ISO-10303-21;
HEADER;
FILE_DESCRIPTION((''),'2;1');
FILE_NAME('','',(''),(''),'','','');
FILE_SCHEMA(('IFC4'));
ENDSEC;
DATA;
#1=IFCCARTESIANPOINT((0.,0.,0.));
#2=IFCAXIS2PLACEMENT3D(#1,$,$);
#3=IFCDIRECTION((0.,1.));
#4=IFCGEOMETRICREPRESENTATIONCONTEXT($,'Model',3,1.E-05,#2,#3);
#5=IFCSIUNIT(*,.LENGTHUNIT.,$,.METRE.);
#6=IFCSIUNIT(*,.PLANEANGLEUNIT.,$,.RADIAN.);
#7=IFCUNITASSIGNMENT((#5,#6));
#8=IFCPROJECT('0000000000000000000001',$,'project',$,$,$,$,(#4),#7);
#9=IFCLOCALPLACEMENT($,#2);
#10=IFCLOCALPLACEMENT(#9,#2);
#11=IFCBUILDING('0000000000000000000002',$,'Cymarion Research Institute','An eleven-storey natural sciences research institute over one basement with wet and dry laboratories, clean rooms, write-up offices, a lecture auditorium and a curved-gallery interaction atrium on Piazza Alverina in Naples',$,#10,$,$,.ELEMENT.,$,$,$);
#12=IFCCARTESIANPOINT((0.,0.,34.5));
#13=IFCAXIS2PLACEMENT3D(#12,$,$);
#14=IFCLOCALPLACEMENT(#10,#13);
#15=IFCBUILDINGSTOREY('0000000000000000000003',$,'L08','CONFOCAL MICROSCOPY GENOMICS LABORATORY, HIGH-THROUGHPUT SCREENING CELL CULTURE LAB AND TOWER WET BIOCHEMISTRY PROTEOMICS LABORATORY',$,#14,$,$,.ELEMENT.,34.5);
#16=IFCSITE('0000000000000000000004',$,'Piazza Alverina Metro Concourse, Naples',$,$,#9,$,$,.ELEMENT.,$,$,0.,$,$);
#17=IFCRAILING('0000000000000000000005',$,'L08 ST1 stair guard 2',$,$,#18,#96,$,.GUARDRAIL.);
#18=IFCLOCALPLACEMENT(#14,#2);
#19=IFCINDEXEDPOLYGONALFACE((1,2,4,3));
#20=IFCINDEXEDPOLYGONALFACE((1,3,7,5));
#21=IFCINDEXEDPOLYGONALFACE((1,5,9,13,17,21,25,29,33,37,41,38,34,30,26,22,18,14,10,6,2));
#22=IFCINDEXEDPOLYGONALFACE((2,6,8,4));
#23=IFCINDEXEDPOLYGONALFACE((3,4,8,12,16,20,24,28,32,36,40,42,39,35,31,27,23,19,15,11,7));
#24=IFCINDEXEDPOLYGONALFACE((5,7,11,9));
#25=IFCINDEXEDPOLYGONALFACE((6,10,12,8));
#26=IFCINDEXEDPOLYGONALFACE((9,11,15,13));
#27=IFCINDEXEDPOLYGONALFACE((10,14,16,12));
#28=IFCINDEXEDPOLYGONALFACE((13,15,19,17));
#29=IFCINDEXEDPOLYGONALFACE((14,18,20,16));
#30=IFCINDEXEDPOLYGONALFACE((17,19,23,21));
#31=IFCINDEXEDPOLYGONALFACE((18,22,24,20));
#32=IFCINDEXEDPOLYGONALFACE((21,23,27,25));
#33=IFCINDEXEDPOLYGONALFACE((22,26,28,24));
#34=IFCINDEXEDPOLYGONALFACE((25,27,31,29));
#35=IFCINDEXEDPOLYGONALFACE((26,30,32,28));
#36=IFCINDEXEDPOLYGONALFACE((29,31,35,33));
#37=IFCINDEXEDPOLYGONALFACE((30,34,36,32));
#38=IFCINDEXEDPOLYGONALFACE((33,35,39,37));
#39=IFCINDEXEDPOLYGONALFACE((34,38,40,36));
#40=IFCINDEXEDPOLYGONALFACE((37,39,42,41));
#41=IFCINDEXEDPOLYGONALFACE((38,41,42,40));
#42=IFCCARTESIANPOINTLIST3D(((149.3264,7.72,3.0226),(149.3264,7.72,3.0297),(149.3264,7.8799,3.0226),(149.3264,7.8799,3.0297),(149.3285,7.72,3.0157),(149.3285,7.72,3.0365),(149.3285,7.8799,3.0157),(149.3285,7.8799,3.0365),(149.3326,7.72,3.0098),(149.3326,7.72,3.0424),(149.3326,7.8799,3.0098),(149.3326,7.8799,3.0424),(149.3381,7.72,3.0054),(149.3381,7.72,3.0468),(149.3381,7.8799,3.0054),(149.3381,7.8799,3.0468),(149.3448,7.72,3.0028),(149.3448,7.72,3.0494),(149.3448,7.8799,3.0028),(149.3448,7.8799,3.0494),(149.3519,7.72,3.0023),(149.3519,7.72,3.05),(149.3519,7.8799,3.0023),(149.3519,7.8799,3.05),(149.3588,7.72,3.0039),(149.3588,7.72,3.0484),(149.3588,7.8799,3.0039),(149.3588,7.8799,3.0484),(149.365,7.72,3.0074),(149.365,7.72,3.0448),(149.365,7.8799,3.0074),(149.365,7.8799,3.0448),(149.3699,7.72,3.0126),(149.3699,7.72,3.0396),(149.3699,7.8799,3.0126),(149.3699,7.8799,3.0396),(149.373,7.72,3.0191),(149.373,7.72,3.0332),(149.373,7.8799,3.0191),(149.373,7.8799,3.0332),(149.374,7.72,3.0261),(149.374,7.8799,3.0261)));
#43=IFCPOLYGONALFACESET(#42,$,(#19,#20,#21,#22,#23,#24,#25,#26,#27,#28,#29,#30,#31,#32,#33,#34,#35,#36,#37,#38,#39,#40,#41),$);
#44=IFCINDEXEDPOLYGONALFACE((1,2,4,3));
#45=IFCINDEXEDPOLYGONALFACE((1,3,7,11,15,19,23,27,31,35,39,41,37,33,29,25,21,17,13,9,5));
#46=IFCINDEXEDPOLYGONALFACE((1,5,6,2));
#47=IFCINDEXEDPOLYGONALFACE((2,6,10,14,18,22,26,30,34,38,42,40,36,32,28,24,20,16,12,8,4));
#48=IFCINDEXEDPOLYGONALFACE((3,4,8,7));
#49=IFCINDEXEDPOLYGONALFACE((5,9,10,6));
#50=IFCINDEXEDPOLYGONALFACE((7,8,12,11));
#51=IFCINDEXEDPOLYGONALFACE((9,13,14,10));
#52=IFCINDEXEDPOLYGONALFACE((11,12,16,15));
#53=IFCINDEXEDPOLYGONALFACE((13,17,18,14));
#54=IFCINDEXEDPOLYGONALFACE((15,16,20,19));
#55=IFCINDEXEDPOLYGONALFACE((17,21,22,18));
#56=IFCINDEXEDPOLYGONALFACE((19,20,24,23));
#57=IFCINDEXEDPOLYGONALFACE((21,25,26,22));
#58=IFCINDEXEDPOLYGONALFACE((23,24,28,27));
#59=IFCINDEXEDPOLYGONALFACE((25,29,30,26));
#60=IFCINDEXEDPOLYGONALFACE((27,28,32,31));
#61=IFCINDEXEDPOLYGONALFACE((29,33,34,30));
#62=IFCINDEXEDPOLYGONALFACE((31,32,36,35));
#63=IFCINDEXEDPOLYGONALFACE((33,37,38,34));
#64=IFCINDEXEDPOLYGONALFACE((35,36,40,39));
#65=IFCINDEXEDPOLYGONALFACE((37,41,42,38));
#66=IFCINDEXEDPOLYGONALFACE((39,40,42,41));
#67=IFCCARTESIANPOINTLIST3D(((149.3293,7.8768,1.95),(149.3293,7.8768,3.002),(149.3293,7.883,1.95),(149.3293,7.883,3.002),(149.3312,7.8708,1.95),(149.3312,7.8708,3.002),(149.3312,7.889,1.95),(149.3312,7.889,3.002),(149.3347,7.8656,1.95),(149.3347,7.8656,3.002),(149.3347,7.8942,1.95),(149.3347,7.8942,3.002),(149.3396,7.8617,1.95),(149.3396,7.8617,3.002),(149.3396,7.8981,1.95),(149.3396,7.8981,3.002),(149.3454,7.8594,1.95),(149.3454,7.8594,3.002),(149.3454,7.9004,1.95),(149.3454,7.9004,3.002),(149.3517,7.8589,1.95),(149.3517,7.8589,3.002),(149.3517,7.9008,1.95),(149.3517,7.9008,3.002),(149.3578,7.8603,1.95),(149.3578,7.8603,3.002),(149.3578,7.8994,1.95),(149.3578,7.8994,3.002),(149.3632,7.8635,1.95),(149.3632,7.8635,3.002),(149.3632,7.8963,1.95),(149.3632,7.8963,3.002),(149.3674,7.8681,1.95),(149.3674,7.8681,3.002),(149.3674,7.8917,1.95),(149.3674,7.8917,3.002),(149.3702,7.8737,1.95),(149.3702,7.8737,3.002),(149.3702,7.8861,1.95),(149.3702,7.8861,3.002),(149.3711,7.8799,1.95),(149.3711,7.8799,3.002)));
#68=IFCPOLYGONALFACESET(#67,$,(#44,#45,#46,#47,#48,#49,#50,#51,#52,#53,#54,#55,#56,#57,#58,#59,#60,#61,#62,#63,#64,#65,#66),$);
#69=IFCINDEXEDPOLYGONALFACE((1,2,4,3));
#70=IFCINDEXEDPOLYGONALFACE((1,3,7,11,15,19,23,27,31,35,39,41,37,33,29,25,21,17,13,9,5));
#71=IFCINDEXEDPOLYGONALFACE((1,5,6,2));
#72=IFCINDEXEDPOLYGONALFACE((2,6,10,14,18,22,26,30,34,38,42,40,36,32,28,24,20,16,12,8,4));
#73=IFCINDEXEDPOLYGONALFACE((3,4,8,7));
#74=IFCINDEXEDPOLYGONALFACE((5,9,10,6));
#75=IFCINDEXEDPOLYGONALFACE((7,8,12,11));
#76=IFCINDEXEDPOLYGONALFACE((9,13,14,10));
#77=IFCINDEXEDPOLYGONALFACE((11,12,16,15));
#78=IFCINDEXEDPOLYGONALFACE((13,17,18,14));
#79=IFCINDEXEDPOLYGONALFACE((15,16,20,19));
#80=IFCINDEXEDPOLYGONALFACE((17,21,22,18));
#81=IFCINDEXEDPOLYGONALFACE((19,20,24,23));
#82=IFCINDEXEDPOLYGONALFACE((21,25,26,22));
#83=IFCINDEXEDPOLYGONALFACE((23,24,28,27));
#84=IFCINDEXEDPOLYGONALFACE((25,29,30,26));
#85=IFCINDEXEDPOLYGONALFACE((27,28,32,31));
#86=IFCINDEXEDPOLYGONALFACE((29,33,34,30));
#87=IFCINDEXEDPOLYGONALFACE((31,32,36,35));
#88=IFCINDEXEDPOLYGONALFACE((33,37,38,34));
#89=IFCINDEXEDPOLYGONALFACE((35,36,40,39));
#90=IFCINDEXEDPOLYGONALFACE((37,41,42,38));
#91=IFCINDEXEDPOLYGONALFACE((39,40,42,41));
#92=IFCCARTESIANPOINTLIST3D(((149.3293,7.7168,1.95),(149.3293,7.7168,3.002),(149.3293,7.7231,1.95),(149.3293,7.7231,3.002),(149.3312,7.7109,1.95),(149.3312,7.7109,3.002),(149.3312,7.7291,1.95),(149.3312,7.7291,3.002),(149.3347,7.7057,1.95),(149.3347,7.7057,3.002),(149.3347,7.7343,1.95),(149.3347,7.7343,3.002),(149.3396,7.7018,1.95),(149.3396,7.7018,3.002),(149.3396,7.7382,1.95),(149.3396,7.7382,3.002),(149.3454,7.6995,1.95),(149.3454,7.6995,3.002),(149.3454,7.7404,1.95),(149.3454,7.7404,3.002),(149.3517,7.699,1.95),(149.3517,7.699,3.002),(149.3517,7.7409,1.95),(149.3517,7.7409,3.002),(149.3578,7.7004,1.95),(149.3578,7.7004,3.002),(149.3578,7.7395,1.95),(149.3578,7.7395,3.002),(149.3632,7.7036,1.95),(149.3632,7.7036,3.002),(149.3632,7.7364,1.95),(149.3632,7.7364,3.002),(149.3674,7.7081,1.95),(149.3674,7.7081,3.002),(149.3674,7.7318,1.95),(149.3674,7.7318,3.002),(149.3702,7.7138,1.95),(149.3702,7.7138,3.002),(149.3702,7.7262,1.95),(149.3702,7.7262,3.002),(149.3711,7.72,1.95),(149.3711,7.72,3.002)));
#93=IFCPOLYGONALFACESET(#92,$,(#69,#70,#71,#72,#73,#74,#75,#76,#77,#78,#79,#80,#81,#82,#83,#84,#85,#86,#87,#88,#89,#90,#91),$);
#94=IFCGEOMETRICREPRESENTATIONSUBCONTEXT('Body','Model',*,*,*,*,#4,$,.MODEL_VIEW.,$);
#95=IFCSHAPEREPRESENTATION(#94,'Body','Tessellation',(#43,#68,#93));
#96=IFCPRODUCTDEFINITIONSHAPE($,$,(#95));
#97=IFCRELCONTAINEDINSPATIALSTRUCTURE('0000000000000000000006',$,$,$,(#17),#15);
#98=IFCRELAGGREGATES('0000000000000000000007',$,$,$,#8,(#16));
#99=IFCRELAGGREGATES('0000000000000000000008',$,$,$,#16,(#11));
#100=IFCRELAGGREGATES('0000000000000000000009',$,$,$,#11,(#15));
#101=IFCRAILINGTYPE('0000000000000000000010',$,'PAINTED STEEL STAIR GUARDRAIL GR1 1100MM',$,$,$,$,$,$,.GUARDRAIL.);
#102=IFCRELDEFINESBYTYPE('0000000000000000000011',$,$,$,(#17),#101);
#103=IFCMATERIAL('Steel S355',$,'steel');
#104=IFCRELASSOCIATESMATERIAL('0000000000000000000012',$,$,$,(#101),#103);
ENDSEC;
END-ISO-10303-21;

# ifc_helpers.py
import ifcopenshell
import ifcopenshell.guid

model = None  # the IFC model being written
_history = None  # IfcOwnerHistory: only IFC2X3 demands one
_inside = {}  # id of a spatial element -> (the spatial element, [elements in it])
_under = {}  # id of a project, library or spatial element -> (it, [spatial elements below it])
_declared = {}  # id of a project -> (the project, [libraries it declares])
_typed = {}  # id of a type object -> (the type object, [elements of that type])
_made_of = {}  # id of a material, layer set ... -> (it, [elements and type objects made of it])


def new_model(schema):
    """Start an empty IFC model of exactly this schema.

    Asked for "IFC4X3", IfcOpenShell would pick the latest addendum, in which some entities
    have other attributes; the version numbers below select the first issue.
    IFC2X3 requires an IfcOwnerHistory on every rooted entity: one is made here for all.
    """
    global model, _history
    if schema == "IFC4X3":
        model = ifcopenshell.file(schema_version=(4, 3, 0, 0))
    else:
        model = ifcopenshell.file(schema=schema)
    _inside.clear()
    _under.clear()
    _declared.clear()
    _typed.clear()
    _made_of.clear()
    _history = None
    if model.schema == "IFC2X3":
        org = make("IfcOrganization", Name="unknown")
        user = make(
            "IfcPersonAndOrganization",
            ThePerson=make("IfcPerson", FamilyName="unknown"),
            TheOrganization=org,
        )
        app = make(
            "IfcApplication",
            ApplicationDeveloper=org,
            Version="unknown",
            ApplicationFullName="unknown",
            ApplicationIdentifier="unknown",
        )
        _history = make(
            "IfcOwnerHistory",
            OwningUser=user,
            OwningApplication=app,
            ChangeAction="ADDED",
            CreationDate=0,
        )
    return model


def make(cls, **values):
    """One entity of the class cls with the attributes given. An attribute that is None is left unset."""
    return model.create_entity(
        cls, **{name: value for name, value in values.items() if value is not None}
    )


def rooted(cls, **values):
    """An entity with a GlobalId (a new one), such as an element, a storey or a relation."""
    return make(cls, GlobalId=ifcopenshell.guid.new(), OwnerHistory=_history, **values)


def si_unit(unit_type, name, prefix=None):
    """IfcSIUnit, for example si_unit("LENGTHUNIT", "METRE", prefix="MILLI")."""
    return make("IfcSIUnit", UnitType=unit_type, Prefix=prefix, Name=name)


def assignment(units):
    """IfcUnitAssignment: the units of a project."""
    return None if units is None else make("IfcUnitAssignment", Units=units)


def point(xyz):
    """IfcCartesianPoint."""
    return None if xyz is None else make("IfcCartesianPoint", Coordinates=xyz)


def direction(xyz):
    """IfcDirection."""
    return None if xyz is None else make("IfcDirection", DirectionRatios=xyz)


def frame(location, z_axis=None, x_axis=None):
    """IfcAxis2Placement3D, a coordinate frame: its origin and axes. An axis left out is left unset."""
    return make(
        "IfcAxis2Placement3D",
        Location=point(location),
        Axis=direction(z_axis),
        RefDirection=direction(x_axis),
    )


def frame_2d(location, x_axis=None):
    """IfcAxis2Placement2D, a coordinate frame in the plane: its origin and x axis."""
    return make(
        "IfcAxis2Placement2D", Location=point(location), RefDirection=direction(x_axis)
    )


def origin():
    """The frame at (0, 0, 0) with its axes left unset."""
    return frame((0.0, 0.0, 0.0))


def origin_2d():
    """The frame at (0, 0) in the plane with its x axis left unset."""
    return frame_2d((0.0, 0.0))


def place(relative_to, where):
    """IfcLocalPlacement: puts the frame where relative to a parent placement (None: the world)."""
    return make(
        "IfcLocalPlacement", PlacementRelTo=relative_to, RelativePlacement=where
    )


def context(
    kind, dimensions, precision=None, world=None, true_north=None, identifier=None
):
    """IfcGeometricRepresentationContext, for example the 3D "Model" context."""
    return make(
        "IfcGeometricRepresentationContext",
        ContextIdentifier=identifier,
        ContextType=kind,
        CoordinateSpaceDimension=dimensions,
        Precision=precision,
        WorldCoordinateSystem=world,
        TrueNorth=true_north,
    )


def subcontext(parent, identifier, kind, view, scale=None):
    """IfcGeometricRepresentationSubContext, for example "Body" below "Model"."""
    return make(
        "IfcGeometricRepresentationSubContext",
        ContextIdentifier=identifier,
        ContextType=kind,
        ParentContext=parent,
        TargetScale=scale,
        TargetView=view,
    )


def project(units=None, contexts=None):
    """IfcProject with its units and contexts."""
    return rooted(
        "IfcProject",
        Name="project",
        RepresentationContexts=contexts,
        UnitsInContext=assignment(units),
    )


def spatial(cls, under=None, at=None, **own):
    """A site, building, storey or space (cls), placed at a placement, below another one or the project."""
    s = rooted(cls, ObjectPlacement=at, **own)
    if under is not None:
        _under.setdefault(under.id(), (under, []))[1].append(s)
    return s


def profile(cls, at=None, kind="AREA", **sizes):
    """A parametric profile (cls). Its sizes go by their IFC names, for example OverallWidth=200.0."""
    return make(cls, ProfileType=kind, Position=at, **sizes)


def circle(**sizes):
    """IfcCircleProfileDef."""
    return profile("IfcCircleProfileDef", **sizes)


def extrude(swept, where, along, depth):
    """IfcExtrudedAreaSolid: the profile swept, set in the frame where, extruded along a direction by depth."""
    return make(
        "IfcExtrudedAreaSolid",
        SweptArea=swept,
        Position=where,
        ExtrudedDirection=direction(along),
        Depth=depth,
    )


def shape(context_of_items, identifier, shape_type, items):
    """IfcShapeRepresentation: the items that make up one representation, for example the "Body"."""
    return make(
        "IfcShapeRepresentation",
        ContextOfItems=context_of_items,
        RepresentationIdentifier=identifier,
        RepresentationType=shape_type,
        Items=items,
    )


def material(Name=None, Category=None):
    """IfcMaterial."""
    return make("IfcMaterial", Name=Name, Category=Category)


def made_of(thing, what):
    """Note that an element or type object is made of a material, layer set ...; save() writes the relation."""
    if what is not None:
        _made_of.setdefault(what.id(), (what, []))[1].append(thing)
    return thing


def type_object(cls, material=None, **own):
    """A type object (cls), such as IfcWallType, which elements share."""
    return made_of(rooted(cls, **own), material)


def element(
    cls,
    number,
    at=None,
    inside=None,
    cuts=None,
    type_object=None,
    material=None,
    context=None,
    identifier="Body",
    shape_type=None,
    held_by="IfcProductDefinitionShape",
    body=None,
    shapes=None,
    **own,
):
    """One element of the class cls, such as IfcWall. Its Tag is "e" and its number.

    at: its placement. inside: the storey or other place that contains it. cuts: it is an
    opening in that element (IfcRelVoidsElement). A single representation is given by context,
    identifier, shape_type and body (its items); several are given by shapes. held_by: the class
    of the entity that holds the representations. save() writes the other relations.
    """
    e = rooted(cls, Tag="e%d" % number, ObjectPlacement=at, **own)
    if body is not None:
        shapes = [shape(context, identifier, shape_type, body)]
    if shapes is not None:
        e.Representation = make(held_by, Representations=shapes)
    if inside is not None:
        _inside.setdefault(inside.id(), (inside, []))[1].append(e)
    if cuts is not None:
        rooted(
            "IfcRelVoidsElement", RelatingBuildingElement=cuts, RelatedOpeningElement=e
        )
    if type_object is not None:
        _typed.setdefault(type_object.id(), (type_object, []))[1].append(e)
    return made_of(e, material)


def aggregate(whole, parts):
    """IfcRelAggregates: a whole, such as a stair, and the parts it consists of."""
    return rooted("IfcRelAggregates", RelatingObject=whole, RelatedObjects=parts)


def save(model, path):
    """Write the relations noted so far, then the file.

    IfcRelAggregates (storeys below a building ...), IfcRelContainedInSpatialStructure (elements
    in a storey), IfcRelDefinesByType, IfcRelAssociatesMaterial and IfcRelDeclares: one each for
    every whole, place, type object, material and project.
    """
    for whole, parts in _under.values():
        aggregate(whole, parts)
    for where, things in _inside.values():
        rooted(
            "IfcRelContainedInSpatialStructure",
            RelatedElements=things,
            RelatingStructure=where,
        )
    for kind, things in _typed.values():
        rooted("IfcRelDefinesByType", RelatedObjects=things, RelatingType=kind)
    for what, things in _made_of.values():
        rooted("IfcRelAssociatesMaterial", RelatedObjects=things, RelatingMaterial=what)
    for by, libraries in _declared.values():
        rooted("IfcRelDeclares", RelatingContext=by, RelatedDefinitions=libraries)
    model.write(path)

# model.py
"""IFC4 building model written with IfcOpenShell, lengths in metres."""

from ifc_helpers import new_model, si_unit, direction, frame, origin, origin_2d, place, context, subcontext, project, spatial, circle, extrude, material, type_object, element, save


model = new_model("IFC4")

# Units and contexts
model_context = context("Model", 3, precision=1e-05, world=origin(), true_north=direction((0.0, 1.0)))
body_context = subcontext(model_context, "Body", "Model", "MODEL_VIEW")
ifc_project = project(units=[si_unit("LENGTHUNIT", "METRE"), si_unit("PLANEANGLEUNIT", "RADIAN")], contexts=[model_context])

# Site, building, storey
site_placement = place(None, origin())
site = spatial("IfcSite", under=ifc_project, at=site_placement, Name="Piazza Alverina Metro Concourse, Naples", CompositionType="ELEMENT", RefElevation=0.0)
building_placement = place(site_placement, origin())
building = spatial("IfcBuilding", under=site, at=building_placement, Name="Cymarion Research Institute", Description="An eleven-storey natural sciences research institute over one basement with wet and dry laboratories, clean rooms, write-up offices, a lecture auditorium and a curved-gallery interaction atrium on Piazza Alverina in Naples", CompositionType="ELEMENT")
storey_placement = place(building_placement, frame((0.0, 0.0, 34.5)))
storey = spatial("IfcBuildingStorey", under=building, at=storey_placement, Name="L08", Description="CONFOCAL MICROSCOPY GENOMICS LABORATORY, HIGH-THROUGHPUT SCREENING CELL CULTURE LAB AND TOWER WET BIOCHEMISTRY PROTEOMICS LABORATORY", CompositionType="ELEMENT", Elevation=34.5)

# Railing
ifc_material_1 = material(Name="Steel S355", Category="steel")
railing_type_1 = type_object("IfcRailingType", Name="PAINTED STEEL STAIR GUARDRAIL GR1 1100MM", PredefinedType="GUARDRAIL", material=ifc_material_1)
railing_1_placement = place(storey_placement, frame((149.3501, 7.8799, 1.95)))
element("IfcRailing", 1, at=railing_1_placement, inside=storey, type_object=railing_type_1, Name="L08 ST1 stair guard 2", PredefinedType="GUARDRAIL", context=body_context, shape_type="SweptSolid", body=[
    extrude(circle(Radius=0.0239, at=origin_2d()), frame((0.0, 0.0, 1.0762), z_axis=(0.0, -1.0, 0.0), x_axis=(1.0, 0.0, 0.0)), (0.0, 0.0, 1.0), 0.1599),
    extrude(circle(Radius=0.021, at=origin_2d()), origin(), (0.0, 0.0, 1.0), 1.052),
    extrude(circle(Radius=0.021, at=origin_2d()), frame((0.0, -0.1599, 0.0)), (0.0, 0.0, 1.0), 1.052),
])

save(model, "model.ifc")
